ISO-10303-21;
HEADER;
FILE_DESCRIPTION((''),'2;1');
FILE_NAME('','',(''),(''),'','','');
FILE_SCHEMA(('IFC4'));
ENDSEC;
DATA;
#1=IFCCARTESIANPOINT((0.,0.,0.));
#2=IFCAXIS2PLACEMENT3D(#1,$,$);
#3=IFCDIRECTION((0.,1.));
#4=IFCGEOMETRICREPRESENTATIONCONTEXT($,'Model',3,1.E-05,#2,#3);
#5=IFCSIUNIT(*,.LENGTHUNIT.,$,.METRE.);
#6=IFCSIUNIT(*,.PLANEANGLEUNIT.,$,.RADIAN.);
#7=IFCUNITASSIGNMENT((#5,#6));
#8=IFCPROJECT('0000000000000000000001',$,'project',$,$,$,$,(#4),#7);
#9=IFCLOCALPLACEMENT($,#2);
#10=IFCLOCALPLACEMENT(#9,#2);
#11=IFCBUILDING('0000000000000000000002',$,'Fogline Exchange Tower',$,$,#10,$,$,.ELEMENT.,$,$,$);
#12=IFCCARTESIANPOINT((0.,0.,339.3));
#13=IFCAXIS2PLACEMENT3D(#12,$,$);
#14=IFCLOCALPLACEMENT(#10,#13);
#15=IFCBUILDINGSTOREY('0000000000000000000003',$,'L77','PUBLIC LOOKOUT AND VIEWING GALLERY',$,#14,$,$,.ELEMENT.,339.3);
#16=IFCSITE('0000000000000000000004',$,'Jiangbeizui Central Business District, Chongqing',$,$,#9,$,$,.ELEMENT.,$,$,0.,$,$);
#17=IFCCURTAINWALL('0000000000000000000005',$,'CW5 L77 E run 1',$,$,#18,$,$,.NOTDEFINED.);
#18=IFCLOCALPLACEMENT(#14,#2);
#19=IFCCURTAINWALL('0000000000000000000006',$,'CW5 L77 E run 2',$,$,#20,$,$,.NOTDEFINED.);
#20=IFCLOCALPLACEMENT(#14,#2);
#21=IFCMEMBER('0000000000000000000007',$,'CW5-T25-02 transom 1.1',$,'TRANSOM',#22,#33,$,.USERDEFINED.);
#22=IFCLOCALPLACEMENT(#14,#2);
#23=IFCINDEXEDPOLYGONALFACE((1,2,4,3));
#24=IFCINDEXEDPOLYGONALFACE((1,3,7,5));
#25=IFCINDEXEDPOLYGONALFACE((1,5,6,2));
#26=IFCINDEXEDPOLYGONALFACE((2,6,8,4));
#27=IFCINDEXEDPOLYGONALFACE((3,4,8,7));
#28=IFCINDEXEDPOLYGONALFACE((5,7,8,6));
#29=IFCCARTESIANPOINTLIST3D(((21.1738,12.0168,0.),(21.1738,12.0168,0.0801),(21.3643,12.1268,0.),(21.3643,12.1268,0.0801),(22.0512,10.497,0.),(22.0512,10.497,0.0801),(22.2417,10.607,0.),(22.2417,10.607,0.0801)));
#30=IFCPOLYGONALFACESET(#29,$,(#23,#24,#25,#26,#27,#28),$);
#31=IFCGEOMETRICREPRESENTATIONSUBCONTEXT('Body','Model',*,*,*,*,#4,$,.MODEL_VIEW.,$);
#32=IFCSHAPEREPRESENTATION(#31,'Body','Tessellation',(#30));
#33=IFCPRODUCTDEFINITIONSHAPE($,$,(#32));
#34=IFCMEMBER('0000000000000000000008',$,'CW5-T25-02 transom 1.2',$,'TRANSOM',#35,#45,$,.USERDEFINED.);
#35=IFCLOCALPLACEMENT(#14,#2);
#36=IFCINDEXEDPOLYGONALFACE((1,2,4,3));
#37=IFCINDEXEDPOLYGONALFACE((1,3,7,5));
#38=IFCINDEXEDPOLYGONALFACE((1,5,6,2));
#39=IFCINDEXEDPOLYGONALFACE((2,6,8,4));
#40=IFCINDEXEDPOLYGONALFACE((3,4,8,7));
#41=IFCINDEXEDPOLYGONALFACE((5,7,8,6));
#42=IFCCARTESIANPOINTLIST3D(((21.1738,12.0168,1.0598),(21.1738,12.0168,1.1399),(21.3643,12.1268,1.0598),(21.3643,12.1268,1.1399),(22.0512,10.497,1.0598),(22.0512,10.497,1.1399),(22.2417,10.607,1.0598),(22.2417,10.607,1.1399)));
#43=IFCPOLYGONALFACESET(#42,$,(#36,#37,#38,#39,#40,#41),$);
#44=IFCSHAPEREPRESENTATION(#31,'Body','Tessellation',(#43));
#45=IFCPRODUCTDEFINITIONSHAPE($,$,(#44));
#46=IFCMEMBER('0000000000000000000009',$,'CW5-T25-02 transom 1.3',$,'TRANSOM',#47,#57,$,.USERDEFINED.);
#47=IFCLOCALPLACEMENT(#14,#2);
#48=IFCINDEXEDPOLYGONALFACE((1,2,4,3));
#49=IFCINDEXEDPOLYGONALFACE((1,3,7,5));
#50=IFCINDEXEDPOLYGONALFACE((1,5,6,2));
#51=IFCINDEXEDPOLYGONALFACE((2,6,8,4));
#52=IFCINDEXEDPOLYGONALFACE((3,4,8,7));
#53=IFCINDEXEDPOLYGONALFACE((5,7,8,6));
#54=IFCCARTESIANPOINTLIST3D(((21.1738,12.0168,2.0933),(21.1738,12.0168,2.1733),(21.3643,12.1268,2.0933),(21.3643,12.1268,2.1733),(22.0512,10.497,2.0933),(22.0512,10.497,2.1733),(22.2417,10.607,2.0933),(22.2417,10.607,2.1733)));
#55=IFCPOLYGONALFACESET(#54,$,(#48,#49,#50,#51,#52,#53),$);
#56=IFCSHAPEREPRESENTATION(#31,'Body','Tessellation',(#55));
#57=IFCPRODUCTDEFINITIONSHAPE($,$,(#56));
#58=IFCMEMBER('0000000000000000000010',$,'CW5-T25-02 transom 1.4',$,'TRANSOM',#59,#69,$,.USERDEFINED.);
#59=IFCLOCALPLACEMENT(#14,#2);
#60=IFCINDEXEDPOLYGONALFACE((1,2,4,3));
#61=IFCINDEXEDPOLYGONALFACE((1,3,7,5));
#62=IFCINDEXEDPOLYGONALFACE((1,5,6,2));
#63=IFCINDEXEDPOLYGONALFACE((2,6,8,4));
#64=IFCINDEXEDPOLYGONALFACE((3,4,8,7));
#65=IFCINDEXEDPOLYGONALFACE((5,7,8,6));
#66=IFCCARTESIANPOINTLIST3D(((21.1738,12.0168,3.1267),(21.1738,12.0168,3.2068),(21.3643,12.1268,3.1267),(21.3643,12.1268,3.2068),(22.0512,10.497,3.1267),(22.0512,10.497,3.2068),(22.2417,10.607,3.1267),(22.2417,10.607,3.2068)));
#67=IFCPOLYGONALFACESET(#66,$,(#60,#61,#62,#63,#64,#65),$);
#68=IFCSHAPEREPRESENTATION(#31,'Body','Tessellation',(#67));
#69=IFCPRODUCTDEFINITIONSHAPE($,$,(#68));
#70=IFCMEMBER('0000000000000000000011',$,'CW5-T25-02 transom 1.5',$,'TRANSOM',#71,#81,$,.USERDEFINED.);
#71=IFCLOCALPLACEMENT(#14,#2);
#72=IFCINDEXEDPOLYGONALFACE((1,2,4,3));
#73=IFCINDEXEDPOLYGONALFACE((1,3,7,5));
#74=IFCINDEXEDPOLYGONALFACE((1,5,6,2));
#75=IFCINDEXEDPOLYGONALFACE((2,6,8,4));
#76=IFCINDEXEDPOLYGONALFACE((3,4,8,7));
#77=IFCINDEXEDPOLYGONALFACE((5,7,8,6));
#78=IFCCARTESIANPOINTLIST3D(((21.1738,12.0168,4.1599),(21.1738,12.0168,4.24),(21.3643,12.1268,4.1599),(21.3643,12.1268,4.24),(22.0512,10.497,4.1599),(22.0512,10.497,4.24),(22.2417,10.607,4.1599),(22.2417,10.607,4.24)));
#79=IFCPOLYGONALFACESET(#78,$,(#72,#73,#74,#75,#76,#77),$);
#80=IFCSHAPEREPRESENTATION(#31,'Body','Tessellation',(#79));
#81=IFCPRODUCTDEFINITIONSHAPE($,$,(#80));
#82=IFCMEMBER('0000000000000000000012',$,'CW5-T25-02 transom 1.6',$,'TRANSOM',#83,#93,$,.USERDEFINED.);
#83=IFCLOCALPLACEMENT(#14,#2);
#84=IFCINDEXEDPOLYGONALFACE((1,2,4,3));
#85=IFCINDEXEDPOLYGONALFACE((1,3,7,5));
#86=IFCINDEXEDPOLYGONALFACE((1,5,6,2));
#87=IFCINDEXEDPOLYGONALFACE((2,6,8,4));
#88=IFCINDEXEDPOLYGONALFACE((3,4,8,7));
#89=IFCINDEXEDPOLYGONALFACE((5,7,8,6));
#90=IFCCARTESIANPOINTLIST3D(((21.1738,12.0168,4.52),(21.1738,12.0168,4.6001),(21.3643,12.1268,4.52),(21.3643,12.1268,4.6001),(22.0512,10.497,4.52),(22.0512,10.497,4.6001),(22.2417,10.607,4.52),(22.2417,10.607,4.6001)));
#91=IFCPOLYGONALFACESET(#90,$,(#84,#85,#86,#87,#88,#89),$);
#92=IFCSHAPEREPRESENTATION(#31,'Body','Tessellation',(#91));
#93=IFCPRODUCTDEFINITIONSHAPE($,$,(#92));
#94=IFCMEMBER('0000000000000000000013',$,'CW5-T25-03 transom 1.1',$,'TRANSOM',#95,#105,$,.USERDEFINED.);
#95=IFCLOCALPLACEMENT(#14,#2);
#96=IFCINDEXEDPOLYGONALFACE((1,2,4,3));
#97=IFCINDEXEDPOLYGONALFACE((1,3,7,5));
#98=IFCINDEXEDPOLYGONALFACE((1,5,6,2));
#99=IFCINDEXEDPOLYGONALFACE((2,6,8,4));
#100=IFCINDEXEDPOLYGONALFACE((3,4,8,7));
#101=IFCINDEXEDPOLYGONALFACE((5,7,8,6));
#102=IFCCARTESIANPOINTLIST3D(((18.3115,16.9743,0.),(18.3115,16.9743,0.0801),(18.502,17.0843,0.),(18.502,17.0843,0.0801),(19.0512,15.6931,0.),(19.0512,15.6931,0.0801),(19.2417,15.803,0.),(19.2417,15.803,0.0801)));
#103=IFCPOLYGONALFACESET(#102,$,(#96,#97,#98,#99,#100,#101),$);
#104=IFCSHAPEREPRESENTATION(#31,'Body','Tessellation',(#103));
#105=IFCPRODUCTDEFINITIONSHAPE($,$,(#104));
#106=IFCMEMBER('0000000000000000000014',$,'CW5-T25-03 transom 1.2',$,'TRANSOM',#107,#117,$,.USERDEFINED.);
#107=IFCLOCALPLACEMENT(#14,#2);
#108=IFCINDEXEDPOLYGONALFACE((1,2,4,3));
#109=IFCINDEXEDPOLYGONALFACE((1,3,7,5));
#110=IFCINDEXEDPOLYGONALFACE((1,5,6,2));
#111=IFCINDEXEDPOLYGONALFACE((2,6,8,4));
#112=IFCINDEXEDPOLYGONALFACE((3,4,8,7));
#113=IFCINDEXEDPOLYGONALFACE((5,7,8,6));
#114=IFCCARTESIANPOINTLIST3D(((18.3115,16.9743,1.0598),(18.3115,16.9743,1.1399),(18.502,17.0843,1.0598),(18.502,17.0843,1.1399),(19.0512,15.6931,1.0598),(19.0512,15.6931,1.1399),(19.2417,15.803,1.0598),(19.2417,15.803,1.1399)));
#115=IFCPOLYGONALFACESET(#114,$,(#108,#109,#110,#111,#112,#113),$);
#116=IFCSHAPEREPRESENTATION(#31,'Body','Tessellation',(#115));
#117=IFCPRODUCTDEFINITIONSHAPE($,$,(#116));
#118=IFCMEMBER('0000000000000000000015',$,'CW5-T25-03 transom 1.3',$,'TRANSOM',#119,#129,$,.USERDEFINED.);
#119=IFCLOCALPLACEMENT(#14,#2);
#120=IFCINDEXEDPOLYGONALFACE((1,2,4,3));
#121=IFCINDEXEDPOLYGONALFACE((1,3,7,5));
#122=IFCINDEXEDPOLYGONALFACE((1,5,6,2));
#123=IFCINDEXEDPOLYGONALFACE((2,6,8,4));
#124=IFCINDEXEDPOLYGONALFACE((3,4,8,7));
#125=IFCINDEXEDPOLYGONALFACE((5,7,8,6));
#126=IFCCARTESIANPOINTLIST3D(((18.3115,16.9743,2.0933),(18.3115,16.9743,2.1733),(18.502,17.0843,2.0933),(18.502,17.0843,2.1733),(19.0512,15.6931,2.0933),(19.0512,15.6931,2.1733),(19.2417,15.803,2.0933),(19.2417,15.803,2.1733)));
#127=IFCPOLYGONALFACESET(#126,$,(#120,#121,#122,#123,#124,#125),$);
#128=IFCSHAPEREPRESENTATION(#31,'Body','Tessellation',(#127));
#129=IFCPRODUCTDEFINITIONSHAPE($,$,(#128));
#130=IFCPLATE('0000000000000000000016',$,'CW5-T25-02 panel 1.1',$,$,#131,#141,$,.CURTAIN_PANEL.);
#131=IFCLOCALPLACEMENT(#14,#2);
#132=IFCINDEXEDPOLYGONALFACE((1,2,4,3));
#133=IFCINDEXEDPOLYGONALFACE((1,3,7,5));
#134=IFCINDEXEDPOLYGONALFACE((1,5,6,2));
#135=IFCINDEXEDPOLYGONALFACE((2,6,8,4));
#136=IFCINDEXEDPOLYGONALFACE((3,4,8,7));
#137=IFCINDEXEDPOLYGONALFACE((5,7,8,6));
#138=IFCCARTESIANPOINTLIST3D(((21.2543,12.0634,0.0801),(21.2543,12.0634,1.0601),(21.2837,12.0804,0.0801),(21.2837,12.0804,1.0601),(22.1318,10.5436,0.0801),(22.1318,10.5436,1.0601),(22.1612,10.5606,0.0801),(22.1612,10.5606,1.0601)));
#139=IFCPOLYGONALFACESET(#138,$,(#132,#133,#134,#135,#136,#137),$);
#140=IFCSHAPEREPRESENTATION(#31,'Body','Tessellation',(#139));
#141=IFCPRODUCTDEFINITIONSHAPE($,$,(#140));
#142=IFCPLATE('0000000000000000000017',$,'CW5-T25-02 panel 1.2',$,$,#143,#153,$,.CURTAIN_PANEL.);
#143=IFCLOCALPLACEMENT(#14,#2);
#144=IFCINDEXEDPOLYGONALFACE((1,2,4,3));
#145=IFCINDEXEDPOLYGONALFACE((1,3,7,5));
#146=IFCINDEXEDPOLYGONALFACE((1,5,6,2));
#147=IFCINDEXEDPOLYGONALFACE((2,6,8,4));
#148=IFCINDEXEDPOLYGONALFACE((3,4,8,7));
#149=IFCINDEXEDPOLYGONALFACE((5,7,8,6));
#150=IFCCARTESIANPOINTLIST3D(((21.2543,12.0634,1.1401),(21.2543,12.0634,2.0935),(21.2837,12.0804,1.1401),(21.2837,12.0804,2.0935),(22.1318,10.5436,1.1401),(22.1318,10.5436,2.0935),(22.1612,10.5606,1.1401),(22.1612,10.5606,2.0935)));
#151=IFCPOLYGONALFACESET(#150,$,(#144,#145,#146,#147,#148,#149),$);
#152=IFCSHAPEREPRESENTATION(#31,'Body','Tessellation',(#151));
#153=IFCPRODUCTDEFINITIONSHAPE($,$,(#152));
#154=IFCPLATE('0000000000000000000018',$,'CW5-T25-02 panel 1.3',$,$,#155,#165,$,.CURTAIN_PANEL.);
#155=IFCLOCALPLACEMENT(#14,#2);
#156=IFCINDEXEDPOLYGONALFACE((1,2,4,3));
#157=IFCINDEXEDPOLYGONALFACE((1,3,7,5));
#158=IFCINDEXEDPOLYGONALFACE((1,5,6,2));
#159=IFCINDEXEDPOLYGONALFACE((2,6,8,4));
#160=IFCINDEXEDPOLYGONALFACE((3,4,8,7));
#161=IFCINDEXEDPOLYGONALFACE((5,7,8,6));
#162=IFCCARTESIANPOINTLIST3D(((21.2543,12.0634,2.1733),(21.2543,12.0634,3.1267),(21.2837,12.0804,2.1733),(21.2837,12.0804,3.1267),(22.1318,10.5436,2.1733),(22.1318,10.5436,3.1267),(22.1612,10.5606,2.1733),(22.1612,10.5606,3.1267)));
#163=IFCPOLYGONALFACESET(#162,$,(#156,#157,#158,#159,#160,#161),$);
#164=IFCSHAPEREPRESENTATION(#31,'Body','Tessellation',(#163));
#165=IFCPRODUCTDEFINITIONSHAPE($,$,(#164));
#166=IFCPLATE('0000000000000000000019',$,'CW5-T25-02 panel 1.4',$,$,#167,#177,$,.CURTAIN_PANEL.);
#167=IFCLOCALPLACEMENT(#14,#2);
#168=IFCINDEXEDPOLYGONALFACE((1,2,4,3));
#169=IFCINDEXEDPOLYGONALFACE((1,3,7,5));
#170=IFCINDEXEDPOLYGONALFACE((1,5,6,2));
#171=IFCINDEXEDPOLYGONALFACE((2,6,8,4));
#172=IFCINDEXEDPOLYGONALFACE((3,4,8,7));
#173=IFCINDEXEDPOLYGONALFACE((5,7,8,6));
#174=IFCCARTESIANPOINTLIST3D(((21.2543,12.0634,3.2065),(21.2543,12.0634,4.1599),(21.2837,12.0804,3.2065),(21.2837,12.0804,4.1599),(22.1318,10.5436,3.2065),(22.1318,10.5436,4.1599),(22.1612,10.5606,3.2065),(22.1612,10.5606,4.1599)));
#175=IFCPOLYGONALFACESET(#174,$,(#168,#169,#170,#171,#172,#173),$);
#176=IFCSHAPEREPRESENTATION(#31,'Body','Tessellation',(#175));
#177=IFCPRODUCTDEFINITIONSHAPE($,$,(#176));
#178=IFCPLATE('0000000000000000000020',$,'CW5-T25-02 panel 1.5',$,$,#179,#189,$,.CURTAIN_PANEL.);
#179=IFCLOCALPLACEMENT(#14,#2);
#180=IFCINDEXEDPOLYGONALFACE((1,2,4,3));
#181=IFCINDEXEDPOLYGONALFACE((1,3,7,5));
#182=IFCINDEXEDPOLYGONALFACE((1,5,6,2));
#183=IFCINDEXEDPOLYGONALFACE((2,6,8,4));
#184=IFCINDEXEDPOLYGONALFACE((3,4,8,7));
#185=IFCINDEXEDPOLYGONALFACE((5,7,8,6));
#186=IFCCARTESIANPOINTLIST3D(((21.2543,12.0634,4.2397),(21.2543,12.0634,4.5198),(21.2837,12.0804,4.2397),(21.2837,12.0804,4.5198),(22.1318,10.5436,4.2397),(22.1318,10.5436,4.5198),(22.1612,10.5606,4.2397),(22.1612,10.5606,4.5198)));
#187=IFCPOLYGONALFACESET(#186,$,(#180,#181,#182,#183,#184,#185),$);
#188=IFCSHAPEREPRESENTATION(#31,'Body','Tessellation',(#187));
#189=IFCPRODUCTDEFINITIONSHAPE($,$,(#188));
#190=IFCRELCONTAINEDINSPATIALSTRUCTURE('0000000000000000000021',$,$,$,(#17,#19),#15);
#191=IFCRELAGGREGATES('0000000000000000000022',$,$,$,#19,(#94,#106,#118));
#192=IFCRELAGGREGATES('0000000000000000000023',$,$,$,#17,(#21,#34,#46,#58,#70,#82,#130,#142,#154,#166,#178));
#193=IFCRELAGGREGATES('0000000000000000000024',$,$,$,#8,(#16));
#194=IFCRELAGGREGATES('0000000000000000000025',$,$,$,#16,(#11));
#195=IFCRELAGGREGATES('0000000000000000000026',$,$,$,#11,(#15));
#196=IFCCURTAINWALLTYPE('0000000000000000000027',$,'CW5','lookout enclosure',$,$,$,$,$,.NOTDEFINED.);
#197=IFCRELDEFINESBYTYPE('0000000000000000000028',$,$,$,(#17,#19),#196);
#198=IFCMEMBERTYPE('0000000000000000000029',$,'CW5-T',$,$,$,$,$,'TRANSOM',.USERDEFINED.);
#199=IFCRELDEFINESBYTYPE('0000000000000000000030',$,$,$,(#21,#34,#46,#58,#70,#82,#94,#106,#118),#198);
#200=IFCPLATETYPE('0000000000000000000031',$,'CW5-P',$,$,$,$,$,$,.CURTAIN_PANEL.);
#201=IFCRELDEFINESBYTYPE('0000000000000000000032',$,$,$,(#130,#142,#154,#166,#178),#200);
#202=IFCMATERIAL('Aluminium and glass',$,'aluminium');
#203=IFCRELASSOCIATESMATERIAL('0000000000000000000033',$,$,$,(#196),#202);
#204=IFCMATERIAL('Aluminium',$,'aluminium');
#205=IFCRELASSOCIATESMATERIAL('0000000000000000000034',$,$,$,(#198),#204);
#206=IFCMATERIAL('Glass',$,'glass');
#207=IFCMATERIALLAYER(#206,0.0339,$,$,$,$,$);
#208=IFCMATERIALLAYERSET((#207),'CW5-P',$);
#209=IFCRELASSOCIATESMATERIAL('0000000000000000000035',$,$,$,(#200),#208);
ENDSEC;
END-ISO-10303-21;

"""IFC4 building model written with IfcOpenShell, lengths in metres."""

from ifc_helpers import new_model, si_unit, direction, frame, origin, origin_2d, place, context, subcontext, project, spatial, rectangle, extrude, material, layer, layer_set, material_profile, profile_set, type_object, element, aggregate, save


model = new_model("IFC4")

# Units and contexts
model_context = context("Model", 3, precision=1e-05, world=origin(), true_north=direction((0.0, 1.0)))
body_context = subcontext(model_context, "Body", "Model", "MODEL_VIEW")
ifc_project = project(units=[si_unit("LENGTHUNIT", "METRE"), si_unit("PLANEANGLEUNIT", "RADIAN")], contexts=[model_context])

# Site, building, storey
site_placement = place(None, origin())
site = spatial("IfcSite", under=ifc_project, at=site_placement, Name="Jiangbeizui Central Business District, Chongqing", CompositionType="ELEMENT", RefElevation=0.0)
building_placement = place(site_placement, origin())
building = spatial("IfcBuilding", under=site, at=building_placement, Name="Fogline Exchange Tower", CompositionType="ELEMENT")
storey_placement = place(building_placement, frame((0.0, 0.0, 339.3)))
storey = spatial("IfcBuildingStorey", under=building, at=storey_placement, Name="L77", Description="PUBLIC LOOKOUT AND VIEWING GALLERY", CompositionType="ELEMENT", Elevation=339.3)

# Shared definitions
ifc_material_1 = material(Name="Aluminium and glass", Category="aluminium")
curtain_wall_type = type_object("IfcCurtainWallType", Name="CW5", Description="lookout enclosure", PredefinedType="NOTDEFINED", material=ifc_material_1)
ifc_material_2 = material(Name="Aluminium", Category="aluminium")

# Curtain wall
curtain_wall_1_placement = place(storey_placement, origin())
curtain_wall_1 = element("IfcCurtainWall", 1, at=curtain_wall_1_placement, inside=storey, type_object=curtain_wall_type, Name="CW5 L77 E run 1", PredefinedType="NOTDEFINED")

# Curtain wall
curtain_wall_2_placement = place(storey_placement, origin())
curtain_wall_2 = element("IfcCurtainWall", 2, at=curtain_wall_2_placement, inside=storey, type_object=curtain_wall_type, Name="CW5 L77 E run 2", PredefinedType="NOTDEFINED")

# Members
ifc_material_profile_1 = material_profile(ifc_material_2, rectangle(XDim=0.22, YDim=0.0801, at=origin_2d()), Name="Transom 80x220")
ifc_profile_set_1 = profile_set([ifc_material_profile_1], Name="Aluminium")
member_type_1 = type_object("IfcMemberType", Name="CW5-T", ElementType="TRANSOM", PredefinedType="USERDEFINED", material=ifc_profile_set_1)
member_1_placement = place(storey_placement, frame((22.1465, 10.552, 0.04), z_axis=(-0.499999, 0.866026, 0.0), x_axis=(-0.866026, -0.499999, 0.0)))
member_1 = element("IfcMember", 3, at=member_1_placement, type_object=member_type_1, Name="CW5-T25-02 transom 1.1", ObjectType="TRANSOM", PredefinedType="USERDEFINED", context=body_context, shape_type="SweptSolid", body=[
    extrude(rectangle(XDim=0.22, YDim=0.0801, at=origin_2d()), origin(), (0.0, 0.0, 1.0), 1.7549),
])
member_2_placement = place(storey_placement, frame((22.1465, 10.552, 1.0999), z_axis=(-0.499999, 0.866026, 0.0), x_axis=(-0.866026, -0.499999, 0.0)))
member_2 = element("IfcMember", 4, at=member_2_placement, type_object=member_type_1, Name="CW5-T25-02 transom 1.2", ObjectType="TRANSOM", PredefinedType="USERDEFINED", context=body_context, shape_type="SweptSolid", body=[
    extrude(rectangle(XDim=0.22, YDim=0.0801, at=origin_2d()), origin(), (0.0, 0.0, 1.0), 1.7549),
])
member_3_placement = place(storey_placement, frame((22.1465, 10.552, 2.1333), z_axis=(-0.499999, 0.866026, 0.0), x_axis=(-0.866026, -0.499999, 0.0)))
member_3 = element("IfcMember", 5, at=member_3_placement, type_object=member_type_1, Name="CW5-T25-02 transom 1.3", ObjectType="TRANSOM", PredefinedType="USERDEFINED", context=body_context, shape_type="SweptSolid", body=[
    extrude(rectangle(XDim=0.22, YDim=0.0801, at=origin_2d()), origin(), (0.0, 0.0, 1.0), 1.7549),
])
member_4_placement = place(storey_placement, frame((22.1465, 10.552, 3.1667), z_axis=(-0.499999, 0.866026, 0.0), x_axis=(-0.866026, -0.499999, 0.0)))
member_4 = element("IfcMember", 6, at=member_4_placement, type_object=member_type_1, Name="CW5-T25-02 transom 1.4", ObjectType="TRANSOM", PredefinedType="USERDEFINED", context=body_context, shape_type="SweptSolid", body=[
    extrude(rectangle(XDim=0.22, YDim=0.0801, at=origin_2d()), origin(), (0.0, 0.0, 1.0), 1.7549),
])
member_5_placement = place(storey_placement, frame((22.1465, 10.552, 4.2), z_axis=(-0.499999, 0.866026, 0.0), x_axis=(-0.866026, -0.499999, 0.0)))
member_5 = element("IfcMember", 7, at=member_5_placement, type_object=member_type_1, Name="CW5-T25-02 transom 1.5", ObjectType="TRANSOM", PredefinedType="USERDEFINED", context=body_context, shape_type="SweptSolid", body=[
    extrude(rectangle(XDim=0.22, YDim=0.0801, at=origin_2d()), origin(), (0.0, 0.0, 1.0), 1.7549),
])
member_6_placement = place(storey_placement, frame((22.1465, 10.552, 4.5601), z_axis=(-0.499999, 0.866026, 0.0), x_axis=(-0.866026, -0.499999, 0.0)))
member_6 = element("IfcMember", 8, at=member_6_placement, type_object=member_type_1, Name="CW5-T25-02 transom 1.6", ObjectType="TRANSOM", PredefinedType="USERDEFINED", context=body_context, shape_type="SweptSolid", body=[
    extrude(rectangle(XDim=0.22, YDim=0.0801, at=origin_2d()), origin(), (0.0, 0.0, 1.0), 1.7549),
])
member_7_placement = place(storey_placement, frame((19.1465, 15.748, 0.04), z_axis=(-0.500008, 0.866021, 0.0), x_axis=(-0.866021, -0.500008, 0.0)))
member_7 = element("IfcMember", 9, at=member_7_placement, type_object=member_type_1, Name="CW5-T25-03 transom 1.1", ObjectType="TRANSOM", PredefinedType="USERDEFINED", context=body_context, shape_type="SweptSolid", body=[
    extrude(rectangle(XDim=0.22, YDim=0.0801, at=origin_2d()), origin(), (0.0, 0.0, 1.0), 1.4795),
])
member_8_placement = place(storey_placement, frame((19.1465, 15.748, 1.0999), z_axis=(-0.500008, 0.866021, 0.0), x_axis=(-0.866021, -0.500008, 0.0)))
member_8 = element("IfcMember", 10, at=member_8_placement, type_object=member_type_1, Name="CW5-T25-03 transom 1.2", ObjectType="TRANSOM", PredefinedType="USERDEFINED", context=body_context, shape_type="SweptSolid", body=[
    extrude(rectangle(XDim=0.22, YDim=0.0801, at=origin_2d()), origin(), (0.0, 0.0, 1.0), 1.4795),
])
member_9_placement = place(storey_placement, frame((19.1465, 15.748, 2.1333), z_axis=(-0.500008, 0.866021, 0.0), x_axis=(-0.866021, -0.500008, 0.0)))
member_9 = element("IfcMember", 11, at=member_9_placement, type_object=member_type_1, Name="CW5-T25-03 transom 1.3", ObjectType="TRANSOM", PredefinedType="USERDEFINED", context=body_context, shape_type="SweptSolid", body=[
    extrude(rectangle(XDim=0.22, YDim=0.0801, at=origin_2d()), origin(), (0.0, 0.0, 1.0), 1.4795),
])
aggregate(curtain_wall_2, [member_7, member_8, member_9])

# Plates
ifc_material_3 = material(Name="Glass", Category="glass")
ifc_layer_1 = layer(ifc_material_3, 0.0339)
ifc_layer_set_1 = layer_set([ifc_layer_1], Name="CW5-P")
plate_type = type_object("IfcPlateType", Name="CW5-P", PredefinedType="CURTAIN_PANEL", material=ifc_layer_set_1)
plate_1_placement = place(storey_placement, frame((21.7078, 11.312, 0.0801), z_axis=(0.0, 0.0, 1.0), x_axis=(-0.5, 0.866026, 0.0)))
plate_1 = element("IfcPlate", 12, at=plate_1_placement, type_object=plate_type, Name="CW5-T25-02 panel 1.1", PredefinedType="CURTAIN_PANEL", context=body_context, shape_type="SweptSolid", body=[
    extrude(rectangle(XDim=1.7549, YDim=0.0339, at=origin_2d()), origin(), (0.0, 0.0, 1.0), 0.98),
])
plate_2_placement = place(storey_placement, frame((21.7078, 11.312, 1.1401), z_axis=(0.0, 0.0, 1.0), x_axis=(-0.5, 0.866026, 0.0)))
plate_2 = element("IfcPlate", 13, at=plate_2_placement, type_object=plate_type, Name="CW5-T25-02 panel 1.2", PredefinedType="CURTAIN_PANEL", context=body_context, shape_type="SweptSolid", body=[
    extrude(rectangle(XDim=1.7549, YDim=0.0339, at=origin_2d()), origin(), (0.0, 0.0, 1.0), 0.9534),
])
plate_3_placement = place(storey_placement, frame((21.7078, 11.312, 2.1733), z_axis=(0.0, 0.0, 1.0), x_axis=(-0.5, 0.866026, 0.0)))
plate_3 = element("IfcPlate", 14, at=plate_3_placement, type_object=plate_type, Name="CW5-T25-02 panel 1.3", PredefinedType="CURTAIN_PANEL", context=body_context, shape_type="SweptSolid", body=[
    extrude(rectangle(XDim=1.7549, YDim=0.0339, at=origin_2d()), origin(), (0.0, 0.0, 1.0), 0.9534),
])
plate_4_placement = place(storey_placement, frame((21.7078, 11.312, 3.2065), z_axis=(0.0, 0.0, 1.0), x_axis=(-0.5, 0.866026, 0.0)))
plate_4 = element("IfcPlate", 15, at=plate_4_placement, type_object=plate_type, Name="CW5-T25-02 panel 1.4", PredefinedType="CURTAIN_PANEL", context=body_context, shape_type="SweptSolid", body=[
    extrude(rectangle(XDim=1.7549, YDim=0.0339, at=origin_2d()), origin(), (0.0, 0.0, 1.0), 0.9534),
])
plate_5_placement = place(storey_placement, frame((21.7078, 11.312, 4.2397), z_axis=(0.0, 0.0, 1.0), x_axis=(-0.5, 0.866026, 0.0)))
plate_5 = element("IfcPlate", 16, at=plate_5_placement, type_object=plate_type, Name="CW5-T25-02 panel 1.5", PredefinedType="CURTAIN_PANEL", context=body_context, shape_type="SweptSolid", body=[
    extrude(rectangle(XDim=1.7549, YDim=0.0339, at=origin_2d()), origin(), (0.0, 0.0, 1.0), 0.28),
])
aggregate(curtain_wall_1, [member_1, member_2, member_3, member_4, member_5, member_6, plate_1, plate_2, plate_3, plate_4, plate_5])

save(model, "model.ifc")
